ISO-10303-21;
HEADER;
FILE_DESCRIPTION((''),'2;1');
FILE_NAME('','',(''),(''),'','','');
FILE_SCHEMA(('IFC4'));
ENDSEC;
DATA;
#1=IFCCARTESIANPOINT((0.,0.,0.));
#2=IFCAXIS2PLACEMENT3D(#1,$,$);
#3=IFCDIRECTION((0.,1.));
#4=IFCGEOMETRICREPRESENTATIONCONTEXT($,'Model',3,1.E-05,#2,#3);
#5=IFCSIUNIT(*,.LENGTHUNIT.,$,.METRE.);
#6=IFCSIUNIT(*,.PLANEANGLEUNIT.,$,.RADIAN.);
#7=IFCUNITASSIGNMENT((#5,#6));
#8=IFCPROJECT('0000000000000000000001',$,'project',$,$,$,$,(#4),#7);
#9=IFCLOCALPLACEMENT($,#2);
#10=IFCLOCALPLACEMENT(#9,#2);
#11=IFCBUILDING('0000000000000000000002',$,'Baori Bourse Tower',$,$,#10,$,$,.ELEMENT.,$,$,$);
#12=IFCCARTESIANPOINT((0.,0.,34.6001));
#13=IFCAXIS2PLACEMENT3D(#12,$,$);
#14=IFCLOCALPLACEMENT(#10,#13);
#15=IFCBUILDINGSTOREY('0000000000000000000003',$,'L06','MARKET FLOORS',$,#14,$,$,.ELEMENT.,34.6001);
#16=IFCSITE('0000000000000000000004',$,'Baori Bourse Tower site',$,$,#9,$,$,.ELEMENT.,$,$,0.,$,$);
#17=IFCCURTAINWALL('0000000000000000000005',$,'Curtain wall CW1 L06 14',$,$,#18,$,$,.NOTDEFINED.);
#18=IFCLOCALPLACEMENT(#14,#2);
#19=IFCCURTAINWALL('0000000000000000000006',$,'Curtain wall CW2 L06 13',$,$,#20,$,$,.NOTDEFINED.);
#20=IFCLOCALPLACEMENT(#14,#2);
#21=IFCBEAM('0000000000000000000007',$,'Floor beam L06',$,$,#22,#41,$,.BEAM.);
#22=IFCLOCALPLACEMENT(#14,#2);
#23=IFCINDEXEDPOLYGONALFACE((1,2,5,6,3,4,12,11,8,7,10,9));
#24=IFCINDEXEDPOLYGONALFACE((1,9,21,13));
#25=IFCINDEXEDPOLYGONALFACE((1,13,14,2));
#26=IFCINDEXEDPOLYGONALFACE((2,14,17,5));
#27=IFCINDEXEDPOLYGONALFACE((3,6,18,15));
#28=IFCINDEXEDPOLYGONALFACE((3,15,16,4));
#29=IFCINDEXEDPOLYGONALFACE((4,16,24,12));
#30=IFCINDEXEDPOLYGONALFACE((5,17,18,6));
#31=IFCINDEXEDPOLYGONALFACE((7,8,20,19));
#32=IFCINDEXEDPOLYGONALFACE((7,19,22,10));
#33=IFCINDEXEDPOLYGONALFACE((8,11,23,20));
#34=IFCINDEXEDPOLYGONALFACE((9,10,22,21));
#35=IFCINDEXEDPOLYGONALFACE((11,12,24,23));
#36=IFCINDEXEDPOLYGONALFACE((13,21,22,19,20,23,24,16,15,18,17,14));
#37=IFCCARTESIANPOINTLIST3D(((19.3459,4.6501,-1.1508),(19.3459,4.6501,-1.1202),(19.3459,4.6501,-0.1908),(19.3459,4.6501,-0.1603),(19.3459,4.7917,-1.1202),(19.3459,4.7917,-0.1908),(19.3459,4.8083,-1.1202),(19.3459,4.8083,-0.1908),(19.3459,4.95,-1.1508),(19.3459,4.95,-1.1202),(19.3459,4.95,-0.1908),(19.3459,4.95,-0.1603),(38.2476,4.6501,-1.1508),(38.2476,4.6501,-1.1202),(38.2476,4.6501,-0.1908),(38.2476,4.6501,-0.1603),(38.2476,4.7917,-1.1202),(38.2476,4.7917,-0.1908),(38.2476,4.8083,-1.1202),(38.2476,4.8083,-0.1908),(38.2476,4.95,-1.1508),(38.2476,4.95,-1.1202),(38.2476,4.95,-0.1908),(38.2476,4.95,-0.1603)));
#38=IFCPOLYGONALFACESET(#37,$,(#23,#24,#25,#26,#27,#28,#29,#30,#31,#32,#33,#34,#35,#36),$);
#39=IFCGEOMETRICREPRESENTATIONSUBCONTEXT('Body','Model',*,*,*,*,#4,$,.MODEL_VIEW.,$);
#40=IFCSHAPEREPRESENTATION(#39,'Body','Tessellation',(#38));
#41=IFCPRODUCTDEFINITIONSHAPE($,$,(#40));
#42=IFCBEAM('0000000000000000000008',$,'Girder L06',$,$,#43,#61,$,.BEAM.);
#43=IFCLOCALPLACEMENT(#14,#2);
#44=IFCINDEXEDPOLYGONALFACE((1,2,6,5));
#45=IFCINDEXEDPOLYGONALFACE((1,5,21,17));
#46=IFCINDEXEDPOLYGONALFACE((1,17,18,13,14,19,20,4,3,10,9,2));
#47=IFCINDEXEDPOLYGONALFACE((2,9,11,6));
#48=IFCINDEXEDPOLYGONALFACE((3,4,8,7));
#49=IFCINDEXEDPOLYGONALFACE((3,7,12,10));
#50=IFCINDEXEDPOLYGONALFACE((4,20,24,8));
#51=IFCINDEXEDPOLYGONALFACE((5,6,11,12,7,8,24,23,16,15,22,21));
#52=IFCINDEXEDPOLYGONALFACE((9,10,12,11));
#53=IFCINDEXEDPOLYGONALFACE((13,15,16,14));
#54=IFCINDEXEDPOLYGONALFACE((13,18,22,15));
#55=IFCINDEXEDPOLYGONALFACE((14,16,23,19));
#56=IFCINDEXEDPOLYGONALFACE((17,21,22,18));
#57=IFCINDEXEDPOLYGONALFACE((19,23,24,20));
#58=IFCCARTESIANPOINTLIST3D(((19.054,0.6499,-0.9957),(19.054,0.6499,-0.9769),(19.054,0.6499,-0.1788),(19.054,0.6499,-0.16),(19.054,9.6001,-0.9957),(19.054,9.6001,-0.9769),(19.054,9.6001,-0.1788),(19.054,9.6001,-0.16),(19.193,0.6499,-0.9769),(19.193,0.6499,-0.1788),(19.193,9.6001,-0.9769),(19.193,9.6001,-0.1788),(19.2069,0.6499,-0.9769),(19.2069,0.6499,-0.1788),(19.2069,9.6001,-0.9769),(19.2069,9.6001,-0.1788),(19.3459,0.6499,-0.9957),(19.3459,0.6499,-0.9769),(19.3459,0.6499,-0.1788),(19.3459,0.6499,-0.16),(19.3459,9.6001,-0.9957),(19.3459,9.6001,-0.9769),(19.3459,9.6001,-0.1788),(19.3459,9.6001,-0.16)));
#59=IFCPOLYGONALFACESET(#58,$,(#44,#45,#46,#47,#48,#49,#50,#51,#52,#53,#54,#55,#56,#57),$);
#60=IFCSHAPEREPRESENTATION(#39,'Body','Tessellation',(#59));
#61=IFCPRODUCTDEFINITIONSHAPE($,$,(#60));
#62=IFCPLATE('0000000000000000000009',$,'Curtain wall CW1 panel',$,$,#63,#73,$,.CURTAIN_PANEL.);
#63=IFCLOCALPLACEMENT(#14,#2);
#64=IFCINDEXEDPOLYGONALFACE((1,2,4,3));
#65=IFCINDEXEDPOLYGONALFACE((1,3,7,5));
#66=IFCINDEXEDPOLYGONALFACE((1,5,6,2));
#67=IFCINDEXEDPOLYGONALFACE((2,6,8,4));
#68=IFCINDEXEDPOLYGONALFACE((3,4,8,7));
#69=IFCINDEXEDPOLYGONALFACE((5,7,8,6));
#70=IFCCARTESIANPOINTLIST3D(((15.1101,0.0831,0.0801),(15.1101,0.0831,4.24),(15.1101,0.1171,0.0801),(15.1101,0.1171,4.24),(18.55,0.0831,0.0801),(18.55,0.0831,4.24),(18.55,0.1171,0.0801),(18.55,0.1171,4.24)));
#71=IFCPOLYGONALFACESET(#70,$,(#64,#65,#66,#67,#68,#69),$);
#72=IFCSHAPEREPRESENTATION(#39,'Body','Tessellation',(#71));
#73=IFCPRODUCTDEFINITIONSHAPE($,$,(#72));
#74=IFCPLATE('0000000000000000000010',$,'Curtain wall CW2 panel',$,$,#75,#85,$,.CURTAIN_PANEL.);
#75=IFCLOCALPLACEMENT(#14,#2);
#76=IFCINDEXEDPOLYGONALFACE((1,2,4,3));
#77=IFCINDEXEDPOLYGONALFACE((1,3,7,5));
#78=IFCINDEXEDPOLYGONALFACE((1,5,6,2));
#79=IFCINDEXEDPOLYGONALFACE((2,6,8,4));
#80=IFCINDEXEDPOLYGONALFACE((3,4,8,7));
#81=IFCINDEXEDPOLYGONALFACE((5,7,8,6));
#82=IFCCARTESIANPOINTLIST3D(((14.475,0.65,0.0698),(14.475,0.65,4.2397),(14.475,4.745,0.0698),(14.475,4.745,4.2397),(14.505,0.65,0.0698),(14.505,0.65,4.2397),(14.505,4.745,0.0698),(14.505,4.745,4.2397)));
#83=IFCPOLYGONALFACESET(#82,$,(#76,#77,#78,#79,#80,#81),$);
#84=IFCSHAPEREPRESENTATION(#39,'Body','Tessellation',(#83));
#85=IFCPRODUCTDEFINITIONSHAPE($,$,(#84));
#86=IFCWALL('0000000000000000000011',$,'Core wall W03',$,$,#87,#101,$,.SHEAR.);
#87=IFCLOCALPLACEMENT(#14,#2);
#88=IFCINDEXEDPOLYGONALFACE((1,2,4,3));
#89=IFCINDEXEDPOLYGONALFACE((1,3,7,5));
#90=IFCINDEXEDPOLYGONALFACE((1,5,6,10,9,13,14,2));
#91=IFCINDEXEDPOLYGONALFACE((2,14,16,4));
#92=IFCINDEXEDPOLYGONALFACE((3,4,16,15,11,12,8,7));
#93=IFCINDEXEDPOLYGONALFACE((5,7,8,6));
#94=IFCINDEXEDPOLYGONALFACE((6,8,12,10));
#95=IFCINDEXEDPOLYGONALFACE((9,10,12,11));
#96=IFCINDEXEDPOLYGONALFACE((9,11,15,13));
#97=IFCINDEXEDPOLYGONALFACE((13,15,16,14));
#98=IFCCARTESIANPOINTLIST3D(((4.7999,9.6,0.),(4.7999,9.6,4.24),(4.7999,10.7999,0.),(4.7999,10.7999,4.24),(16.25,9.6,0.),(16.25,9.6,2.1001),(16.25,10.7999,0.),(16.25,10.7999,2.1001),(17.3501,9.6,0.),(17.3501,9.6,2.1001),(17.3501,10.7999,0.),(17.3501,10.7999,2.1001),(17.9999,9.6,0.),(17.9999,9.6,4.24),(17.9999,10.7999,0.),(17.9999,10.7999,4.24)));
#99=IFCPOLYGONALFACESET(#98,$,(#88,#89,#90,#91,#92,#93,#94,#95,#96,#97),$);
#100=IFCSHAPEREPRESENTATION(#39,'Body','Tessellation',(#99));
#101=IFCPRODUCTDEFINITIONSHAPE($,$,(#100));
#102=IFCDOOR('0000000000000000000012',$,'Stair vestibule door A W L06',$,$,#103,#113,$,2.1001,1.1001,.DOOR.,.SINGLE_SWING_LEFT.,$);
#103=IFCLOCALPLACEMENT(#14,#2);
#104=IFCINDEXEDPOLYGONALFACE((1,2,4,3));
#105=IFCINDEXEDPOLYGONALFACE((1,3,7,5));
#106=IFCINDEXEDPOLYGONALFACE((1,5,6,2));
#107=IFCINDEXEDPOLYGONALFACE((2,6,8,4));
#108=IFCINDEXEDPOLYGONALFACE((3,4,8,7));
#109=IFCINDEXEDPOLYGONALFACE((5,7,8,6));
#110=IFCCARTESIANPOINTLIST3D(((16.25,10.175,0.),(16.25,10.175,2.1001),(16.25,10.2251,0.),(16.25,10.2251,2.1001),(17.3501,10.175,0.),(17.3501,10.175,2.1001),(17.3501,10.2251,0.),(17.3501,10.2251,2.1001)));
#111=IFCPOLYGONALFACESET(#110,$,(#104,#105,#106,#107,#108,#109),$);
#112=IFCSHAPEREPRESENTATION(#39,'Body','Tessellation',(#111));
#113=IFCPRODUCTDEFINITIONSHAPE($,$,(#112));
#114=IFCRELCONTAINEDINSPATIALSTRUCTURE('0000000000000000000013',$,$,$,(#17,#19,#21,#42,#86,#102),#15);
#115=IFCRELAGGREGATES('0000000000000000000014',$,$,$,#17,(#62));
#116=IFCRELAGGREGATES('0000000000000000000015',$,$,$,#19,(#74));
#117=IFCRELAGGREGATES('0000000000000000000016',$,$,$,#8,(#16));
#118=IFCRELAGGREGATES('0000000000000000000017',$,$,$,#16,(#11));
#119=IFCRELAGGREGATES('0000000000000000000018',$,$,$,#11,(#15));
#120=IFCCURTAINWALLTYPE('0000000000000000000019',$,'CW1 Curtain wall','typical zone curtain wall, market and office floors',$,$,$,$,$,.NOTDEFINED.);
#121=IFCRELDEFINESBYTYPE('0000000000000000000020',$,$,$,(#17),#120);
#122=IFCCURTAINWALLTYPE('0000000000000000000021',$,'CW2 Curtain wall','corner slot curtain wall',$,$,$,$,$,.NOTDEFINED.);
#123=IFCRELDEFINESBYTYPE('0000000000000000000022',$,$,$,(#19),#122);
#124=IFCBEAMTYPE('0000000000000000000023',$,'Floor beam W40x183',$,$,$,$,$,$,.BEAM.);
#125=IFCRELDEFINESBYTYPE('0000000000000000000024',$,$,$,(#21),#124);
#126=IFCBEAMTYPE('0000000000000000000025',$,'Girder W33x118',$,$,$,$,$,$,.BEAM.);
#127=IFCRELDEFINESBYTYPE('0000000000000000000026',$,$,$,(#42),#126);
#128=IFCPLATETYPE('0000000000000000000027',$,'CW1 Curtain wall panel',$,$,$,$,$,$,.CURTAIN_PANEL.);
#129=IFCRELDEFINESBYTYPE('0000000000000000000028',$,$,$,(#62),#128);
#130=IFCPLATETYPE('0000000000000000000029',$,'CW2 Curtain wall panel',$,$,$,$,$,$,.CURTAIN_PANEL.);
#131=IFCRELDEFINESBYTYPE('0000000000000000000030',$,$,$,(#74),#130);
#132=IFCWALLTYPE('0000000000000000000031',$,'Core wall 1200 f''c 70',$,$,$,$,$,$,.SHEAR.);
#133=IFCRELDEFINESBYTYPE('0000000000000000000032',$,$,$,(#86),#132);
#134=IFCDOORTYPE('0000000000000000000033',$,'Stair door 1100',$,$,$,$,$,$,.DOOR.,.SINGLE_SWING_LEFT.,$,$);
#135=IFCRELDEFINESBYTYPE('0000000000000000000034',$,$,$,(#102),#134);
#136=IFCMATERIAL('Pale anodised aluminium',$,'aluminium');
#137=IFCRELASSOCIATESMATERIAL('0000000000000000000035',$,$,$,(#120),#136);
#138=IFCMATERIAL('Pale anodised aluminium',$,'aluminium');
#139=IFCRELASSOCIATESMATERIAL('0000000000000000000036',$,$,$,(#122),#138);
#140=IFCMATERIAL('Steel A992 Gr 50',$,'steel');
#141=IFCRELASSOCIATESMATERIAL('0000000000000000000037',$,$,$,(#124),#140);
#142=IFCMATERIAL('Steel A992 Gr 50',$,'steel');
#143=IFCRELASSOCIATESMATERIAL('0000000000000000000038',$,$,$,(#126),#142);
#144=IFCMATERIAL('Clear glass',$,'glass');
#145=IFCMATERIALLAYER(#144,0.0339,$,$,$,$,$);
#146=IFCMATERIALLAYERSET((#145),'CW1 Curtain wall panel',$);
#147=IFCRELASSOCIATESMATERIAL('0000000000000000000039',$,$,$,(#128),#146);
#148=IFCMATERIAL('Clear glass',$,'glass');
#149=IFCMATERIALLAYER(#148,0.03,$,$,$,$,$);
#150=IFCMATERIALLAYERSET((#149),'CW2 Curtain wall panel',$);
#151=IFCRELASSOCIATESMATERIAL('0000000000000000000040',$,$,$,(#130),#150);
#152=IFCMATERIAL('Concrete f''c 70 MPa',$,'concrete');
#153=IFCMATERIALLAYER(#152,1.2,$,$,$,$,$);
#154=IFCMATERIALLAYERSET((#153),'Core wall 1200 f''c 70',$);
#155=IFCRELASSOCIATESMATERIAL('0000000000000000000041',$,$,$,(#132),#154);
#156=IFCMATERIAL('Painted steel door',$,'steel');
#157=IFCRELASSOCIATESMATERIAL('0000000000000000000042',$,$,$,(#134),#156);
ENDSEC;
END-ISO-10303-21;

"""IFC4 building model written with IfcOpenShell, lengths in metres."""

from ifc_helpers import new_model, si_unit, direction, frame, frame_2d, origin, origin_2d, place, context, subcontext, project, spatial, rectangle, i_section, extrude, material, layer, layer_set, material_profile, profile_set, type_object, element, fill, aggregate, save


model = new_model("IFC4")

# Units and contexts
model_context = context("Model", 3, precision=1e-05, world=origin(), true_north=direction((0.0, 1.0)))
body_context = subcontext(model_context, "Body", "Model", "MODEL_VIEW")
ifc_project = project(units=[si_unit("LENGTHUNIT", "METRE"), si_unit("PLANEANGLEUNIT", "RADIAN")], contexts=[model_context])

# Site, building, storey
site_placement = place(None, origin())
site = spatial("IfcSite", under=ifc_project, at=site_placement, Name="Baori Bourse Tower site", CompositionType="ELEMENT", RefElevation=0.0)
building_placement = place(site_placement, origin())
building = spatial("IfcBuilding", under=site, at=building_placement, Name="Baori Bourse Tower", CompositionType="ELEMENT")
storey_placement = place(building_placement, frame((0.0, 0.0, 34.6001)))
storey = spatial("IfcBuildingStorey", under=building, at=storey_placement, Name="L06", Description="MARKET FLOORS", CompositionType="ELEMENT", Elevation=34.6001)

# Curtain walls
ifc_material_1 = material(Name="Pale anodised aluminium", Category="aluminium")
curtain_wall_type_1 = type_object("IfcCurtainWallType", Name="CW1 Curtain wall", Description="typical zone curtain wall, market and office floors", PredefinedType="NOTDEFINED", material=ifc_material_1)
curtain_wall_1_placement = place(storey_placement, origin())
curtain_wall_1 = element("IfcCurtainWall", 1, at=curtain_wall_1_placement, inside=storey, type_object=curtain_wall_type_1, Name="Curtain wall CW1 L06 14", PredefinedType="NOTDEFINED")
ifc_material_2 = material(Name="Pale anodised aluminium", Category="aluminium")
curtain_wall_type_2 = type_object("IfcCurtainWallType", Name="CW2 Curtain wall", Description="corner slot curtain wall", PredefinedType="NOTDEFINED", material=ifc_material_2)
curtain_wall_2_placement = place(storey_placement, origin())
curtain_wall_2 = element("IfcCurtainWall", 2, at=curtain_wall_2_placement, inside=storey, type_object=curtain_wall_type_2, Name="Curtain wall CW2 L06 13", PredefinedType="NOTDEFINED")

# Beams
ifc_material_3 = material(Name="Steel A992 Gr 50", Category="steel")
ifc_material_profile_1 = material_profile(ifc_material_3, i_section(OverallWidth=0.2998, OverallDepth=0.9905, WebThickness=0.0166, FlangeThickness=0.0305, at=origin_2d()), Name="W40x183")
ifc_profile_set_1 = profile_set([ifc_material_profile_1], Name="Steel A992 Gr 50")
beam_type_1 = type_object("IfcBeamType", Name="Floor beam W40x183", PredefinedType="BEAM", material=ifc_profile_set_1)
beam_1_placement = place(storey_placement, frame((19.3459, 4.8, -0.6555), z_axis=(1.0, 0.0, 0.0), x_axis=(0.0, 1.0, 0.0)))
element("IfcBeam", 3, at=beam_1_placement, inside=storey, type_object=beam_type_1, Name="Floor beam L06", PredefinedType="BEAM", context=body_context, shape_type="SweptSolid", body=[
    extrude(i_section(OverallWidth=0.2998, OverallDepth=0.9905, WebThickness=0.0166, FlangeThickness=0.0305, at=origin_2d()), origin(), (0.0, 0.0, 1.0), 18.9016),
])
ifc_material_4 = material(Name="Steel A992 Gr 50", Category="steel")
ifc_material_profile_2 = material_profile(ifc_material_4, i_section(OverallWidth=0.292, OverallDepth=0.8357, WebThickness=0.0139, FlangeThickness=0.0188, at=origin_2d()), Name="W33x118")
ifc_profile_set_2 = profile_set([ifc_material_profile_2], Name="Steel A992 Gr 50")
beam_type_2 = type_object("IfcBeamType", Name="Girder W33x118", PredefinedType="BEAM", material=ifc_profile_set_2)
beam_2_placement = place(storey_placement, frame((19.2, 0.6499, -0.5779), z_axis=(0.0, 1.0, 0.0), x_axis=(-1.0, 0.0, 0.0)))
element("IfcBeam", 4, at=beam_2_placement, inside=storey, type_object=beam_type_2, Name="Girder L06", PredefinedType="BEAM", context=body_context, shape_type="SweptSolid", body=[
    extrude(i_section(OverallWidth=0.292, OverallDepth=0.8357, WebThickness=0.0139, FlangeThickness=0.0188, at=origin_2d()), origin(), (0.0, 0.0, 1.0), 8.9502),
])

# Plates
ifc_material_5 = material(Name="Clear glass", Category="glass")
ifc_layer_1 = layer(ifc_material_5, 0.0339)
ifc_layer_set_1 = layer_set([ifc_layer_1], Name="CW1 Curtain wall panel")
plate_type_1 = type_object("IfcPlateType", Name="CW1 Curtain wall panel", PredefinedType="CURTAIN_PANEL", material=ifc_layer_set_1)
plate_1_placement = place(storey_placement, frame((16.8301, 0.1001, 0.0801), z_axis=(0.0, 0.0, 1.0), x_axis=(1.0, 0.0, 0.0)))
plate_1 = element("IfcPlate", 5, at=plate_1_placement, type_object=plate_type_1, Name="Curtain wall CW1 panel", PredefinedType="CURTAIN_PANEL", context=body_context, shape_type="SweptSolid", body=[
    extrude(rectangle(XDim=3.4399, YDim=0.0339, at=origin_2d()), origin(), (0.0, 0.0, 1.0), 4.1599),
])
aggregate(curtain_wall_1, [plate_1])
ifc_material_6 = material(Name="Clear glass", Category="glass")
ifc_layer_2 = layer(ifc_material_6, 0.03)
ifc_layer_set_2 = layer_set([ifc_layer_2], Name="CW2 Curtain wall panel")
plate_type_2 = type_object("IfcPlateType", Name="CW2 Curtain wall panel", PredefinedType="CURTAIN_PANEL", material=ifc_layer_set_2)
plate_2_placement = place(storey_placement, frame((14.49, 2.6975, 0.0698), z_axis=(0.0, 0.0, 1.0), x_axis=(0.0, -1.0, 0.0)))
plate_2 = element("IfcPlate", 6, at=plate_2_placement, type_object=plate_type_2, Name="Curtain wall CW2 panel", PredefinedType="CURTAIN_PANEL", context=body_context, shape_type="SweptSolid", body=[
    extrude(rectangle(XDim=4.095, YDim=0.03, at=origin_2d()), origin(), (0.0, 0.0, 1.0), 4.1699),
])
aggregate(curtain_wall_2, [plate_2])

# Wall, opening, door
ifc_material_7 = material(Name="Concrete f'c 70 MPa", Category="concrete")
ifc_layer_3 = layer(ifc_material_7, 1.2)
ifc_layer_set_3 = layer_set([ifc_layer_3], Name="Core wall 1200 f'c 70")
wall_type_1 = type_object("IfcWallType", Name="Core wall 1200 f'c 70", PredefinedType="SHEAR", material=ifc_layer_set_3)
wall_1_placement = place(storey_placement, frame((18.0, 10.2, 0.0), z_axis=(0.0, 0.0, 1.0), x_axis=(-1.0, 0.0, 0.0)))
wall_1 = element("IfcWall", 7, at=wall_1_placement, inside=storey, type_object=wall_type_1, Name="Core wall W03", PredefinedType="SHEAR", context=body_context, shape_type="SweptSolid", body=[
    extrude(rectangle(XDim=13.2, YDim=1.2, at=frame_2d((6.6001, 0.0))), origin(), (0.0, 0.0, 1.0), 4.24),
])
opening_1_placement = place(wall_1_placement, frame((0.6499, 0.0, 0.0)))
opening_1 = element("IfcOpeningElement", 8, at=opening_1_placement, cuts=wall_1, PredefinedType="OPENING", context=body_context, shape_type="SweptSolid", body=[
    extrude(rectangle(XDim=1.1001, YDim=2.1001, at=frame_2d((0.55, 1.05))), frame((0.0, 0.6099, 0.0), z_axis=(0.0, -1.0, 0.0), x_axis=(1.0, 0.0, 0.0)), (0.0, 0.0, 1.0), 1.22),
])
ifc_material_8 = material(Name="Painted steel door", Category="steel")
door_type_1 = type_object("IfcDoorType", Name="Stair door 1100", OperationType="SINGLE_SWING_LEFT", PredefinedType="DOOR", material=ifc_material_8)
door_1_placement = place(opening_1_placement, origin())
door_1 = element("IfcDoor", 9, at=door_1_placement, inside=storey, type_object=door_type_1, Name="Stair vestibule door A W L06", OperationType="SINGLE_SWING_LEFT", OverallHeight=2.1001, OverallWidth=1.1001, PredefinedType="DOOR", context=body_context, shape_type="SweptSolid", body=[
    extrude(rectangle(XDim=1.1001, YDim=2.1001, at=frame_2d((0.55, 1.05))), frame((0.0, 0.0249, 0.0), z_axis=(0.0, -1.0, 0.0), x_axis=(1.0, 0.0, 0.0)), (0.0, 0.0, 1.0), 0.05),
])
fill(opening_1, door_1)

save(model, "model.ifc")
